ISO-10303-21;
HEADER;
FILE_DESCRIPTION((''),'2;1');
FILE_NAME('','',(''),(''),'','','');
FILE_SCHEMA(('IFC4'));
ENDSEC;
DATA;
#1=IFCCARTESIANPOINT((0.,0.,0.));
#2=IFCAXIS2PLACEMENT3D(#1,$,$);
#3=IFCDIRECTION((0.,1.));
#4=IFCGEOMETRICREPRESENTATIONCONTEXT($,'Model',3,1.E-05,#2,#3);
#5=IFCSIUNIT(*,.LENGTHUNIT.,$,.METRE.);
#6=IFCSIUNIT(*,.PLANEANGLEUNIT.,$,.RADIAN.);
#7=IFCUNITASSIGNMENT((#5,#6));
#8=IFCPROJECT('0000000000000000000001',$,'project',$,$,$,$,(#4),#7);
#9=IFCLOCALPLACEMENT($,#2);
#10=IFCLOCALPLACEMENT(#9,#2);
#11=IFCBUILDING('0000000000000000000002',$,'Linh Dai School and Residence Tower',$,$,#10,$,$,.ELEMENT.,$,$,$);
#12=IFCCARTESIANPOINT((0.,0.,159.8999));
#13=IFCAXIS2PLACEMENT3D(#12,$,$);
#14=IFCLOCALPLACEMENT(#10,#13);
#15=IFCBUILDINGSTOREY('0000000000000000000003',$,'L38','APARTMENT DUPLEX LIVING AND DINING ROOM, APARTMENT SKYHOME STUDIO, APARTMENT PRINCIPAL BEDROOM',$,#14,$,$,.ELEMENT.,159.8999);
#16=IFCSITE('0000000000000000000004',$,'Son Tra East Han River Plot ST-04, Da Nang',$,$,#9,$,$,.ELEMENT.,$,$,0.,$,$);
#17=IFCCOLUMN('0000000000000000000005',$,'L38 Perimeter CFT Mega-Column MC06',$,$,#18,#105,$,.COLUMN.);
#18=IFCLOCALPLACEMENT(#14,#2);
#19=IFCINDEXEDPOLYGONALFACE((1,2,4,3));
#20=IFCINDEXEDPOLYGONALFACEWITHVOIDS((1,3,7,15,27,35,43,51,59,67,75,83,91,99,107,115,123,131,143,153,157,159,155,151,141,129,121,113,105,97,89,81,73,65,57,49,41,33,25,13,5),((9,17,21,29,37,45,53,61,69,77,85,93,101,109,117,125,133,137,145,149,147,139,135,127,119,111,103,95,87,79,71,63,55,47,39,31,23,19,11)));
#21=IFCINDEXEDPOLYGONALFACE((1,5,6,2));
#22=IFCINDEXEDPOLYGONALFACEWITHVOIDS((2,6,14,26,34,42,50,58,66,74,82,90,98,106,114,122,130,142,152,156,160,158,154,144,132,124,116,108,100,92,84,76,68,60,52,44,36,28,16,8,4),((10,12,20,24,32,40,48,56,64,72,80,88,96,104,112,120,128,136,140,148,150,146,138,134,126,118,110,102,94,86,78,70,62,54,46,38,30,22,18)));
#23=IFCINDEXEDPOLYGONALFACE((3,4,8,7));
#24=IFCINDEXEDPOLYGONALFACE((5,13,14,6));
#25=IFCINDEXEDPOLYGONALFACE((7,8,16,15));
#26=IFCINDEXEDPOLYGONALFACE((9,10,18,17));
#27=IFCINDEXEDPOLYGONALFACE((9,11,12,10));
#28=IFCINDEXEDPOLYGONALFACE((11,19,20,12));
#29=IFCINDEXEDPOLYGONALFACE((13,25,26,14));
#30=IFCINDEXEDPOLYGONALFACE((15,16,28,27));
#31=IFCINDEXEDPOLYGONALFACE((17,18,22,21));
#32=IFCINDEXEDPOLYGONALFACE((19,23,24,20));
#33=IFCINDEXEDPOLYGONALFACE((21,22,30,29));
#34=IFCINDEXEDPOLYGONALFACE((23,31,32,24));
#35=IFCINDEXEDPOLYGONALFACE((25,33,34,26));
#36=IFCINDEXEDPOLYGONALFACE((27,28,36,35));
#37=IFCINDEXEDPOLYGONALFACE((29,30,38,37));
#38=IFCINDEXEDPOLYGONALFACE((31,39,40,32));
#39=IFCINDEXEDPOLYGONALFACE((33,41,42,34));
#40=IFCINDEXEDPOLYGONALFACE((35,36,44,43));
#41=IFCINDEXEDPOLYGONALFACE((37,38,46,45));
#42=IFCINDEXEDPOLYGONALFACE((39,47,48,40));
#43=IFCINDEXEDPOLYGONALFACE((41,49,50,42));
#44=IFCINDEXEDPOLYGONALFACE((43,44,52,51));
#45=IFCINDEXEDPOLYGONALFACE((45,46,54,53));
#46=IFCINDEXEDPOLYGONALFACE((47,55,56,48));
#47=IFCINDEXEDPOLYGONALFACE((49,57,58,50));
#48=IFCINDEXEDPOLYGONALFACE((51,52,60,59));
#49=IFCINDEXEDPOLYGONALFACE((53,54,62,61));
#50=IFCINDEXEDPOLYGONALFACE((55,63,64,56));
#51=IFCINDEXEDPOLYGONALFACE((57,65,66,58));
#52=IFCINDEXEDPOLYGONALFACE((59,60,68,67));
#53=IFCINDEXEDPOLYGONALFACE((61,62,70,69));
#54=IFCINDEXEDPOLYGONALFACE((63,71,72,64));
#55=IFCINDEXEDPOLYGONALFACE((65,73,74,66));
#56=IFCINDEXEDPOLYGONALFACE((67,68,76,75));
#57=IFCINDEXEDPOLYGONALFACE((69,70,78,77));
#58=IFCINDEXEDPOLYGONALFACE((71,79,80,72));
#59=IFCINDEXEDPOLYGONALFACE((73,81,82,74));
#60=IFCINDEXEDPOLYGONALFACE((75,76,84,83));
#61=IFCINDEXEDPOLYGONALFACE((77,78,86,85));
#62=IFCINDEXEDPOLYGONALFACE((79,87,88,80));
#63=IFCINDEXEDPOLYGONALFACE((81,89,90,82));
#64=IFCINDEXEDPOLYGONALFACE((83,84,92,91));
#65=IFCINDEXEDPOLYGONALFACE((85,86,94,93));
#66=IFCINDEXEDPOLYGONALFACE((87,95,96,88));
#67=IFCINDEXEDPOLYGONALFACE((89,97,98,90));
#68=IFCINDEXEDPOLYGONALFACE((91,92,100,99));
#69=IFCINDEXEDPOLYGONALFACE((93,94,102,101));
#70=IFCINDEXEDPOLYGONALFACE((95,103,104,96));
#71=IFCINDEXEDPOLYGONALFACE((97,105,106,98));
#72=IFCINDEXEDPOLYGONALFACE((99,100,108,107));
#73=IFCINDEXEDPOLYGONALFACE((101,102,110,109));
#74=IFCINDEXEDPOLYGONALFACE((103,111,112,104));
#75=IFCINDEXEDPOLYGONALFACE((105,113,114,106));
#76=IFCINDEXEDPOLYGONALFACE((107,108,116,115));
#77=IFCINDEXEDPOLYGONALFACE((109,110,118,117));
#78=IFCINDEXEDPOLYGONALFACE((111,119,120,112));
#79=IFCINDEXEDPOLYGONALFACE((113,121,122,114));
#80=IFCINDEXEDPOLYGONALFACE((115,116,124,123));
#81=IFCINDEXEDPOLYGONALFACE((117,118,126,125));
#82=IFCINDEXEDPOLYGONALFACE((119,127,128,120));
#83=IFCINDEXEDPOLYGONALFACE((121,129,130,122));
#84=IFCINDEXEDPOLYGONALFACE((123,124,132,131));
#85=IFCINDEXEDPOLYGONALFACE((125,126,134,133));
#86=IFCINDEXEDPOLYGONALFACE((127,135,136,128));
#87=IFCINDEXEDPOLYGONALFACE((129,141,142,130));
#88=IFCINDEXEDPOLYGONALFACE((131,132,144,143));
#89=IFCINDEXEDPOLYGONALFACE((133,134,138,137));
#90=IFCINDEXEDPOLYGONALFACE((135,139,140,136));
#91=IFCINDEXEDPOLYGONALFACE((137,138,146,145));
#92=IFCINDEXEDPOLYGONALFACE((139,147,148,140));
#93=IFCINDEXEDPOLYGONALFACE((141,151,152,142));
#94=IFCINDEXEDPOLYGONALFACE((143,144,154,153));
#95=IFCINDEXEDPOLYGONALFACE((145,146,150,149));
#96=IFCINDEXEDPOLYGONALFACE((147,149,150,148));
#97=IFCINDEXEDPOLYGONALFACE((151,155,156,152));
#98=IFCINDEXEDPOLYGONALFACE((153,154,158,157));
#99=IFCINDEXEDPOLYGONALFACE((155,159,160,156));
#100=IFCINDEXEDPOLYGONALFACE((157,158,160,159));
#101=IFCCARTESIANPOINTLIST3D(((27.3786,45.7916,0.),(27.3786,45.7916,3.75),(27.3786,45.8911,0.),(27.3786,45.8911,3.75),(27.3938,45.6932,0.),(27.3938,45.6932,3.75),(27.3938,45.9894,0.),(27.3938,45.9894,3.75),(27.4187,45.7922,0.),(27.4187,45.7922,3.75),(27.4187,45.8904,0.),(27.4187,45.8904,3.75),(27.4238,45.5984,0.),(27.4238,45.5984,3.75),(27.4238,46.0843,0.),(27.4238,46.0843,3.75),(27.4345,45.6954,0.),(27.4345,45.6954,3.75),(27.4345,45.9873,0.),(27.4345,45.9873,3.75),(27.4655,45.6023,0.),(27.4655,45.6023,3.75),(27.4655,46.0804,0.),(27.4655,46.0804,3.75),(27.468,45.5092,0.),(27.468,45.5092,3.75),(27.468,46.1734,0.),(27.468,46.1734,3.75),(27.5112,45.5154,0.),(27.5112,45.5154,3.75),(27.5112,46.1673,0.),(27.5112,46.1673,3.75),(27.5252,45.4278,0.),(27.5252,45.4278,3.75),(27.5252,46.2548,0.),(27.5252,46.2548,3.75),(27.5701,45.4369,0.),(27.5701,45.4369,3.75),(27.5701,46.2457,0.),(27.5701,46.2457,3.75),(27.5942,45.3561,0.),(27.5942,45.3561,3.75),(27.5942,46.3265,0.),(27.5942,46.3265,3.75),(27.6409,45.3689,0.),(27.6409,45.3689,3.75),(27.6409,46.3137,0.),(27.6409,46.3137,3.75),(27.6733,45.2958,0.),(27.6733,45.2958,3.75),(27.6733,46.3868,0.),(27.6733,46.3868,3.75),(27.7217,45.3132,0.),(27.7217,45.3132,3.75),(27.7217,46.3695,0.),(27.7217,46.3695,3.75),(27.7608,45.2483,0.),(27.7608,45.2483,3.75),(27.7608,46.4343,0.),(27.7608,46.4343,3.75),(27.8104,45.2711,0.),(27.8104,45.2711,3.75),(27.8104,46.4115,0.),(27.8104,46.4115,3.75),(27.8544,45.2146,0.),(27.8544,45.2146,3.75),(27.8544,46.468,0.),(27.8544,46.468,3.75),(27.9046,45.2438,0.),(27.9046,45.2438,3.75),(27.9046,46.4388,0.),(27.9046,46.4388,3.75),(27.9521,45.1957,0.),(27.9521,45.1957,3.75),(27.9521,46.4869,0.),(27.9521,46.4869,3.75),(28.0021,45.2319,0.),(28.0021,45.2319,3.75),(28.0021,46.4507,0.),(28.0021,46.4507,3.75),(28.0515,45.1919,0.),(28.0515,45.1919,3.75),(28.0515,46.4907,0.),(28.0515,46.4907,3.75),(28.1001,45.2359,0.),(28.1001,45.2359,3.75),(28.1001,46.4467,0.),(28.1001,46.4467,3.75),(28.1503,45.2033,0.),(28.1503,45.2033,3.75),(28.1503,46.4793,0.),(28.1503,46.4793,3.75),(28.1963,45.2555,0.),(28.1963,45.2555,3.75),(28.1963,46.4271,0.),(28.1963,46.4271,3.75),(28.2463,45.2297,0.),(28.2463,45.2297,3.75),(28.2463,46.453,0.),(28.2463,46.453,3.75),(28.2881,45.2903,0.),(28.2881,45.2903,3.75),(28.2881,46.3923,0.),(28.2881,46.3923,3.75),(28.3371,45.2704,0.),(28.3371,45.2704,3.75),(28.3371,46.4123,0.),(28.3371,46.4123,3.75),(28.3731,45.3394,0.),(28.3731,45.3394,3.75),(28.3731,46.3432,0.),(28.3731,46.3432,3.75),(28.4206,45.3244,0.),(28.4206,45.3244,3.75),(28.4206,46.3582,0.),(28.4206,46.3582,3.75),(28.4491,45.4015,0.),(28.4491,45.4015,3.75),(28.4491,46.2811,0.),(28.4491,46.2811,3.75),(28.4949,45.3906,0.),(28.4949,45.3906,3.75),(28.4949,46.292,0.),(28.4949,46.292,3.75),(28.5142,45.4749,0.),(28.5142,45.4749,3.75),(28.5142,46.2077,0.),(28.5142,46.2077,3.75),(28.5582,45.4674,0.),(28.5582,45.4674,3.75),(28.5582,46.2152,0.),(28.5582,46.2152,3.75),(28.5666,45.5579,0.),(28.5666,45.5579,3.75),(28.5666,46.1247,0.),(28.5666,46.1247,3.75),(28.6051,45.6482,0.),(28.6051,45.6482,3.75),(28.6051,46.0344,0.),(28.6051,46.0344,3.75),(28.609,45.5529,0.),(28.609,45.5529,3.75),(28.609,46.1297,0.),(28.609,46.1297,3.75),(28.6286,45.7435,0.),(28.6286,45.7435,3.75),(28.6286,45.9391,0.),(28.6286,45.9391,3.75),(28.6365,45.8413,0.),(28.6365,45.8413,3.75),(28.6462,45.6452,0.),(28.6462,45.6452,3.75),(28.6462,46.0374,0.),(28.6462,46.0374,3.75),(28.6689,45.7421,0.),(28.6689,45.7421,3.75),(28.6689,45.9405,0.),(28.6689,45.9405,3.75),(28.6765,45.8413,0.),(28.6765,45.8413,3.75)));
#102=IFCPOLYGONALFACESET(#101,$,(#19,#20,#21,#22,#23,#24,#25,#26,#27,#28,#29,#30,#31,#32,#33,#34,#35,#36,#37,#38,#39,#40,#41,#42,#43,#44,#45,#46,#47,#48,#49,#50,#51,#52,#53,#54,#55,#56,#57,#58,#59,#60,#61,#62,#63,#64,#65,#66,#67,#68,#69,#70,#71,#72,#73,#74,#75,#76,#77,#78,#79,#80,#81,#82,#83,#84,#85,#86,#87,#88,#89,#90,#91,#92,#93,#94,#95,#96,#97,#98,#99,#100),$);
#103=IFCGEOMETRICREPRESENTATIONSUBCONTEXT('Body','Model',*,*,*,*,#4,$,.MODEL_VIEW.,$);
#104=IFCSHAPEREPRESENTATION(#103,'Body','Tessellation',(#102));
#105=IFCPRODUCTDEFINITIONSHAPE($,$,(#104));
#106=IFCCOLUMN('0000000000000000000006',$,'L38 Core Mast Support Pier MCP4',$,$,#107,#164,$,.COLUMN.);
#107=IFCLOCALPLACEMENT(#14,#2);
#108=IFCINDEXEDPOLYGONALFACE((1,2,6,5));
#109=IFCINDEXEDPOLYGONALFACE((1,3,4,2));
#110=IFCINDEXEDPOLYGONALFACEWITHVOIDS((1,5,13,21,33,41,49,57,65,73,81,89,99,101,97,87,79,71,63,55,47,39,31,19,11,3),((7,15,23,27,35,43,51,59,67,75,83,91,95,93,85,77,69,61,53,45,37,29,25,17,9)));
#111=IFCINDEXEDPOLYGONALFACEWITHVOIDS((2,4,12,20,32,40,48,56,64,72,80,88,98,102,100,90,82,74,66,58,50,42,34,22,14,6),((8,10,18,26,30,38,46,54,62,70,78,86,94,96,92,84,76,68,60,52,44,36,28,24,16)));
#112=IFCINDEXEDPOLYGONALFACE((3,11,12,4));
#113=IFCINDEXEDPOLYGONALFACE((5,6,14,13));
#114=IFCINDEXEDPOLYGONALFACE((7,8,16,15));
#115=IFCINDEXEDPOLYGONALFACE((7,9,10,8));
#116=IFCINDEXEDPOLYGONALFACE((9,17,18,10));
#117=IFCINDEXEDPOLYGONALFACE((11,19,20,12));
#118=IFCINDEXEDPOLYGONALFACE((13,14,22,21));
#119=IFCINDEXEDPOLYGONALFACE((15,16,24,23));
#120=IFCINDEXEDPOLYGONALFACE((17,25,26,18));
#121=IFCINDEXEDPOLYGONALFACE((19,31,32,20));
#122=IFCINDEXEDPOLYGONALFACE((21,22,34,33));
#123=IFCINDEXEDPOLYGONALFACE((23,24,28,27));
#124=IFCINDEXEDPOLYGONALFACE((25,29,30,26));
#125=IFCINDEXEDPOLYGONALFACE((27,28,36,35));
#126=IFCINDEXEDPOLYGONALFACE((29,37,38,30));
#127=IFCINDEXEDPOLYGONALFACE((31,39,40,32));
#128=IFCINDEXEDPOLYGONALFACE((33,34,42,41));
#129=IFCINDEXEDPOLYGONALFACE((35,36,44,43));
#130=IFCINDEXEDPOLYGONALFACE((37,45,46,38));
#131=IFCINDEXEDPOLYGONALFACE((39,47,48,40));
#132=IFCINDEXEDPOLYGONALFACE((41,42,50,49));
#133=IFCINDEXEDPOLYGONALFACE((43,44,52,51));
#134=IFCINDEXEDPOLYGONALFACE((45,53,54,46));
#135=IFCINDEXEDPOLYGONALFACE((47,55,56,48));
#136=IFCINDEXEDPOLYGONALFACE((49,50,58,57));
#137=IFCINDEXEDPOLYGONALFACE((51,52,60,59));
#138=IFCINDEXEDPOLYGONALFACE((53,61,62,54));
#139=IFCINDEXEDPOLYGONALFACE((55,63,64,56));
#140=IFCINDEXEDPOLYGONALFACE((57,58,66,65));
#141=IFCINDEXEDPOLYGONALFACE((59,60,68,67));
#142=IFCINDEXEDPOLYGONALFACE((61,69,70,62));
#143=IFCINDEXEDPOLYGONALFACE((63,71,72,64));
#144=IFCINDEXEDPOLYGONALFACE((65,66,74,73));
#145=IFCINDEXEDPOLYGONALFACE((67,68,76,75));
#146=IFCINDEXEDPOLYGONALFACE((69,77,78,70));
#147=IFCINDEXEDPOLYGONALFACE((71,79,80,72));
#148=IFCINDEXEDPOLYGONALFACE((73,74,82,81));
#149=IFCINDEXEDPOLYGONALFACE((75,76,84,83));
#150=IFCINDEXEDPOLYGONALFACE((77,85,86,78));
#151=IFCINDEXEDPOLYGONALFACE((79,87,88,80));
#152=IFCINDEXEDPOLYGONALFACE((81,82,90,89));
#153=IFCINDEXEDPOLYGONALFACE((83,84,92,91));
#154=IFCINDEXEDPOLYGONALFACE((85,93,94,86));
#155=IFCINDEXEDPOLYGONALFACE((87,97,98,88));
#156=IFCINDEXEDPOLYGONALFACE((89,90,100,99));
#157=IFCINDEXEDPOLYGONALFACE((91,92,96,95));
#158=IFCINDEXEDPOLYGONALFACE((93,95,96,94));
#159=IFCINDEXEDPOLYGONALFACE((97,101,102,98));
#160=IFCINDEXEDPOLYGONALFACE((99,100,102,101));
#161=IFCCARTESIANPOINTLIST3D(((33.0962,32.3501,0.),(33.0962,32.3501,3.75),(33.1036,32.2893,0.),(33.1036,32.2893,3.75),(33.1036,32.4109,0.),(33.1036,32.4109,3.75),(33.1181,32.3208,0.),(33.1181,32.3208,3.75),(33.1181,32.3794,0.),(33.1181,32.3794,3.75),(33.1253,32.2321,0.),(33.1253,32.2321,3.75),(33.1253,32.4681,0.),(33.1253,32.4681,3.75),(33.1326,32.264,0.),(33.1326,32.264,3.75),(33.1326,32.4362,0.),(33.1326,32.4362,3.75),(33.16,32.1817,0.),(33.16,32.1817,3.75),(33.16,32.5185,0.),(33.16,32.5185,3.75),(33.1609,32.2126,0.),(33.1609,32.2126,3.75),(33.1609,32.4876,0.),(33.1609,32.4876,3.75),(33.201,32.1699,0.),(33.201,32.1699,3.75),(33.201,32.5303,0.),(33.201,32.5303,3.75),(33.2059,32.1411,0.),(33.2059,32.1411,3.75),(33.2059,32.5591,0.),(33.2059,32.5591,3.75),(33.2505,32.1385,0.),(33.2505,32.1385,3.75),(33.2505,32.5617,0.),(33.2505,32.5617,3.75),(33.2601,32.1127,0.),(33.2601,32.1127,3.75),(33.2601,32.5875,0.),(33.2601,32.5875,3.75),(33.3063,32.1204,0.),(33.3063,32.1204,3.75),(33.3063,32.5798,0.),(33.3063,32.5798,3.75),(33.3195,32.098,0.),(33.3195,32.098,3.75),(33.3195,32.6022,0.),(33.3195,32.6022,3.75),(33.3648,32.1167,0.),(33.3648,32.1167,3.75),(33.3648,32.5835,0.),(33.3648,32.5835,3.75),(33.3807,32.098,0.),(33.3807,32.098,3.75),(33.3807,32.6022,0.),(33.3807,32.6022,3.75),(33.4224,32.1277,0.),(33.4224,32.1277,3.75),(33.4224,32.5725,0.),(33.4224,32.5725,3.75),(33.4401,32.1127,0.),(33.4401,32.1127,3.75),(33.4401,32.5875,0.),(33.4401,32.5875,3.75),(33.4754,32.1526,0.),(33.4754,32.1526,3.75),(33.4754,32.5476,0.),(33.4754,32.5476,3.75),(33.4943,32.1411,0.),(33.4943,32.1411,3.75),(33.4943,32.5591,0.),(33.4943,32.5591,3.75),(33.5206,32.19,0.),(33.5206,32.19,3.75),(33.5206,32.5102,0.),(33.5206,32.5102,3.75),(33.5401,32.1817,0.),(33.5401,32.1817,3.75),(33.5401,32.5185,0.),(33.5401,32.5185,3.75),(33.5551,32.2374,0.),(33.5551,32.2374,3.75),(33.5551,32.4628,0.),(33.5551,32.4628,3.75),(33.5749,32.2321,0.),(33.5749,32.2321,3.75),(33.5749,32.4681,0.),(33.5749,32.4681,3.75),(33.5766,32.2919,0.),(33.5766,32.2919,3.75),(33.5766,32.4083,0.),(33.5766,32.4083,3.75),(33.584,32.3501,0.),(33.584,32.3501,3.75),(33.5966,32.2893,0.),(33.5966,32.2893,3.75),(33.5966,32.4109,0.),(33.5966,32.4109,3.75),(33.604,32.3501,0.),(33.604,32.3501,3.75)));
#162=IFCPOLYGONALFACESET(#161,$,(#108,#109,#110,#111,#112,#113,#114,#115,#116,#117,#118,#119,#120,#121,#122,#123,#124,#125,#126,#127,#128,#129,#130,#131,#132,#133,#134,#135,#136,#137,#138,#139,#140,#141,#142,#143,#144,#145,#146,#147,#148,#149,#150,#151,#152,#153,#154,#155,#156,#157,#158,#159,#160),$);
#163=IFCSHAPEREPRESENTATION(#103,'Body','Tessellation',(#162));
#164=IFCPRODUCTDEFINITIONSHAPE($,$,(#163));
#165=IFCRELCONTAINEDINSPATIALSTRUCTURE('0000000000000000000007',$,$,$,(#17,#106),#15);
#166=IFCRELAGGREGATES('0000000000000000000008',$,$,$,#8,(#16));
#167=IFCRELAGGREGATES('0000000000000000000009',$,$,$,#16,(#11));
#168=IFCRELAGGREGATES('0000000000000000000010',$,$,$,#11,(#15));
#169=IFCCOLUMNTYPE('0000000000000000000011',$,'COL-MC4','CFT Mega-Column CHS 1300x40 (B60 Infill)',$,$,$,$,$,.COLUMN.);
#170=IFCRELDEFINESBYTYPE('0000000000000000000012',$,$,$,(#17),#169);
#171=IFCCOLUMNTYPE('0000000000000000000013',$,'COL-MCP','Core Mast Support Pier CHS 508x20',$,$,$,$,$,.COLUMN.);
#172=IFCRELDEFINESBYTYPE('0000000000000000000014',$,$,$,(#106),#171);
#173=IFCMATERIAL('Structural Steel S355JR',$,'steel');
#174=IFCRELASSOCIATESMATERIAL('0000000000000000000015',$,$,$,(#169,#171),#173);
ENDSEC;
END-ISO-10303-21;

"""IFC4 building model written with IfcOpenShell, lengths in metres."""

from ifc_helpers import new_model, si_unit, direction, frame, origin, origin_2d, place, context, subcontext, project, spatial, hollow_circle, extrude, material, material_profile, profile_set, type_object, element, save


model = new_model("IFC4")

# Units and contexts
model_context = context("Model", 3, precision=1e-05, world=origin(), true_north=direction((0.0, 1.0)))
body_context = subcontext(model_context, "Body", "Model", "MODEL_VIEW")
ifc_project = project(units=[si_unit("LENGTHUNIT", "METRE"), si_unit("PLANEANGLEUNIT", "RADIAN")], contexts=[model_context])

# Site, building, storey
site_placement = place(None, origin())
site = spatial("IfcSite", under=ifc_project, at=site_placement, Name="Son Tra East Han River Plot ST-04, Da Nang", CompositionType="ELEMENT", RefElevation=0.0)
building_placement = place(site_placement, origin())
building = spatial("IfcBuilding", under=site, at=building_placement, Name="Linh Dai School and Residence Tower", CompositionType="ELEMENT")
storey_placement = place(building_placement, frame((0.0, 0.0, 159.8999)))
storey = spatial("IfcBuildingStorey", under=building, at=storey_placement, Name="L38", Description="APARTMENT DUPLEX LIVING AND DINING ROOM, APARTMENT SKYHOME STUDIO, APARTMENT PRINCIPAL BEDROOM", CompositionType="ELEMENT", Elevation=159.8999)

# Columns
ifc_material_1 = material(Name="Structural Steel S355JR", Category="steel")
ifc_material_profile_1 = material_profile(ifc_material_1, hollow_circle(Radius=0.6499, WallThickness=0.04, at=origin_2d()), Name="CHS 1300x40")
ifc_profile_set_1 = profile_set([ifc_material_profile_1], Name="Structural Steel S355JR")
column_type_1 = type_object("IfcColumnType", Name="COL-MC4", Description="CFT Mega-Column CHS 1300x40 (B60 Infill)", PredefinedType="COLUMN", material=ifc_profile_set_1)
column_1_placement = place(storey_placement, frame((28.0266, 45.8413, 0.0), z_axis=(0.0, 0.0, 1.0), x_axis=(1.0, 0.0, 0.0)))
element("IfcColumn", 1, at=column_1_placement, inside=storey, type_object=column_type_1, Name="L38 Perimeter CFT Mega-Column MC06", PredefinedType="COLUMN", context=body_context, shape_type="SweptSolid", body=[
    extrude(hollow_circle(Radius=0.6499, WallThickness=0.04, at=origin_2d()), origin(), (0.0, 0.0, 1.0), 3.75),
])
ifc_material_profile_2 = material_profile(ifc_material_1, hollow_circle(Radius=0.2539, WallThickness=0.02, at=origin_2d()), Name="CHS 508x20")
ifc_profile_set_2 = profile_set([ifc_material_profile_2], Name="Structural Steel S355JR")
column_type_2 = type_object("IfcColumnType", Name="COL-MCP", Description="Core Mast Support Pier CHS 508x20", PredefinedType="COLUMN", material=ifc_profile_set_2)
column_2_placement = place(storey_placement, frame((33.3501, 32.3501, 0.0), z_axis=(0.0, 0.0, 1.0), x_axis=(1.0, 0.0, 0.0)))
element("IfcColumn", 2, at=column_2_placement, inside=storey, type_object=column_type_2, Name="L38 Core Mast Support Pier MCP4", PredefinedType="COLUMN", context=body_context, shape_type="SweptSolid", body=[
    extrude(hollow_circle(Radius=0.2539, WallThickness=0.02, at=origin_2d()), origin(), (0.0, 0.0, 1.0), 3.75),
])

save(model, "model.ifc")
